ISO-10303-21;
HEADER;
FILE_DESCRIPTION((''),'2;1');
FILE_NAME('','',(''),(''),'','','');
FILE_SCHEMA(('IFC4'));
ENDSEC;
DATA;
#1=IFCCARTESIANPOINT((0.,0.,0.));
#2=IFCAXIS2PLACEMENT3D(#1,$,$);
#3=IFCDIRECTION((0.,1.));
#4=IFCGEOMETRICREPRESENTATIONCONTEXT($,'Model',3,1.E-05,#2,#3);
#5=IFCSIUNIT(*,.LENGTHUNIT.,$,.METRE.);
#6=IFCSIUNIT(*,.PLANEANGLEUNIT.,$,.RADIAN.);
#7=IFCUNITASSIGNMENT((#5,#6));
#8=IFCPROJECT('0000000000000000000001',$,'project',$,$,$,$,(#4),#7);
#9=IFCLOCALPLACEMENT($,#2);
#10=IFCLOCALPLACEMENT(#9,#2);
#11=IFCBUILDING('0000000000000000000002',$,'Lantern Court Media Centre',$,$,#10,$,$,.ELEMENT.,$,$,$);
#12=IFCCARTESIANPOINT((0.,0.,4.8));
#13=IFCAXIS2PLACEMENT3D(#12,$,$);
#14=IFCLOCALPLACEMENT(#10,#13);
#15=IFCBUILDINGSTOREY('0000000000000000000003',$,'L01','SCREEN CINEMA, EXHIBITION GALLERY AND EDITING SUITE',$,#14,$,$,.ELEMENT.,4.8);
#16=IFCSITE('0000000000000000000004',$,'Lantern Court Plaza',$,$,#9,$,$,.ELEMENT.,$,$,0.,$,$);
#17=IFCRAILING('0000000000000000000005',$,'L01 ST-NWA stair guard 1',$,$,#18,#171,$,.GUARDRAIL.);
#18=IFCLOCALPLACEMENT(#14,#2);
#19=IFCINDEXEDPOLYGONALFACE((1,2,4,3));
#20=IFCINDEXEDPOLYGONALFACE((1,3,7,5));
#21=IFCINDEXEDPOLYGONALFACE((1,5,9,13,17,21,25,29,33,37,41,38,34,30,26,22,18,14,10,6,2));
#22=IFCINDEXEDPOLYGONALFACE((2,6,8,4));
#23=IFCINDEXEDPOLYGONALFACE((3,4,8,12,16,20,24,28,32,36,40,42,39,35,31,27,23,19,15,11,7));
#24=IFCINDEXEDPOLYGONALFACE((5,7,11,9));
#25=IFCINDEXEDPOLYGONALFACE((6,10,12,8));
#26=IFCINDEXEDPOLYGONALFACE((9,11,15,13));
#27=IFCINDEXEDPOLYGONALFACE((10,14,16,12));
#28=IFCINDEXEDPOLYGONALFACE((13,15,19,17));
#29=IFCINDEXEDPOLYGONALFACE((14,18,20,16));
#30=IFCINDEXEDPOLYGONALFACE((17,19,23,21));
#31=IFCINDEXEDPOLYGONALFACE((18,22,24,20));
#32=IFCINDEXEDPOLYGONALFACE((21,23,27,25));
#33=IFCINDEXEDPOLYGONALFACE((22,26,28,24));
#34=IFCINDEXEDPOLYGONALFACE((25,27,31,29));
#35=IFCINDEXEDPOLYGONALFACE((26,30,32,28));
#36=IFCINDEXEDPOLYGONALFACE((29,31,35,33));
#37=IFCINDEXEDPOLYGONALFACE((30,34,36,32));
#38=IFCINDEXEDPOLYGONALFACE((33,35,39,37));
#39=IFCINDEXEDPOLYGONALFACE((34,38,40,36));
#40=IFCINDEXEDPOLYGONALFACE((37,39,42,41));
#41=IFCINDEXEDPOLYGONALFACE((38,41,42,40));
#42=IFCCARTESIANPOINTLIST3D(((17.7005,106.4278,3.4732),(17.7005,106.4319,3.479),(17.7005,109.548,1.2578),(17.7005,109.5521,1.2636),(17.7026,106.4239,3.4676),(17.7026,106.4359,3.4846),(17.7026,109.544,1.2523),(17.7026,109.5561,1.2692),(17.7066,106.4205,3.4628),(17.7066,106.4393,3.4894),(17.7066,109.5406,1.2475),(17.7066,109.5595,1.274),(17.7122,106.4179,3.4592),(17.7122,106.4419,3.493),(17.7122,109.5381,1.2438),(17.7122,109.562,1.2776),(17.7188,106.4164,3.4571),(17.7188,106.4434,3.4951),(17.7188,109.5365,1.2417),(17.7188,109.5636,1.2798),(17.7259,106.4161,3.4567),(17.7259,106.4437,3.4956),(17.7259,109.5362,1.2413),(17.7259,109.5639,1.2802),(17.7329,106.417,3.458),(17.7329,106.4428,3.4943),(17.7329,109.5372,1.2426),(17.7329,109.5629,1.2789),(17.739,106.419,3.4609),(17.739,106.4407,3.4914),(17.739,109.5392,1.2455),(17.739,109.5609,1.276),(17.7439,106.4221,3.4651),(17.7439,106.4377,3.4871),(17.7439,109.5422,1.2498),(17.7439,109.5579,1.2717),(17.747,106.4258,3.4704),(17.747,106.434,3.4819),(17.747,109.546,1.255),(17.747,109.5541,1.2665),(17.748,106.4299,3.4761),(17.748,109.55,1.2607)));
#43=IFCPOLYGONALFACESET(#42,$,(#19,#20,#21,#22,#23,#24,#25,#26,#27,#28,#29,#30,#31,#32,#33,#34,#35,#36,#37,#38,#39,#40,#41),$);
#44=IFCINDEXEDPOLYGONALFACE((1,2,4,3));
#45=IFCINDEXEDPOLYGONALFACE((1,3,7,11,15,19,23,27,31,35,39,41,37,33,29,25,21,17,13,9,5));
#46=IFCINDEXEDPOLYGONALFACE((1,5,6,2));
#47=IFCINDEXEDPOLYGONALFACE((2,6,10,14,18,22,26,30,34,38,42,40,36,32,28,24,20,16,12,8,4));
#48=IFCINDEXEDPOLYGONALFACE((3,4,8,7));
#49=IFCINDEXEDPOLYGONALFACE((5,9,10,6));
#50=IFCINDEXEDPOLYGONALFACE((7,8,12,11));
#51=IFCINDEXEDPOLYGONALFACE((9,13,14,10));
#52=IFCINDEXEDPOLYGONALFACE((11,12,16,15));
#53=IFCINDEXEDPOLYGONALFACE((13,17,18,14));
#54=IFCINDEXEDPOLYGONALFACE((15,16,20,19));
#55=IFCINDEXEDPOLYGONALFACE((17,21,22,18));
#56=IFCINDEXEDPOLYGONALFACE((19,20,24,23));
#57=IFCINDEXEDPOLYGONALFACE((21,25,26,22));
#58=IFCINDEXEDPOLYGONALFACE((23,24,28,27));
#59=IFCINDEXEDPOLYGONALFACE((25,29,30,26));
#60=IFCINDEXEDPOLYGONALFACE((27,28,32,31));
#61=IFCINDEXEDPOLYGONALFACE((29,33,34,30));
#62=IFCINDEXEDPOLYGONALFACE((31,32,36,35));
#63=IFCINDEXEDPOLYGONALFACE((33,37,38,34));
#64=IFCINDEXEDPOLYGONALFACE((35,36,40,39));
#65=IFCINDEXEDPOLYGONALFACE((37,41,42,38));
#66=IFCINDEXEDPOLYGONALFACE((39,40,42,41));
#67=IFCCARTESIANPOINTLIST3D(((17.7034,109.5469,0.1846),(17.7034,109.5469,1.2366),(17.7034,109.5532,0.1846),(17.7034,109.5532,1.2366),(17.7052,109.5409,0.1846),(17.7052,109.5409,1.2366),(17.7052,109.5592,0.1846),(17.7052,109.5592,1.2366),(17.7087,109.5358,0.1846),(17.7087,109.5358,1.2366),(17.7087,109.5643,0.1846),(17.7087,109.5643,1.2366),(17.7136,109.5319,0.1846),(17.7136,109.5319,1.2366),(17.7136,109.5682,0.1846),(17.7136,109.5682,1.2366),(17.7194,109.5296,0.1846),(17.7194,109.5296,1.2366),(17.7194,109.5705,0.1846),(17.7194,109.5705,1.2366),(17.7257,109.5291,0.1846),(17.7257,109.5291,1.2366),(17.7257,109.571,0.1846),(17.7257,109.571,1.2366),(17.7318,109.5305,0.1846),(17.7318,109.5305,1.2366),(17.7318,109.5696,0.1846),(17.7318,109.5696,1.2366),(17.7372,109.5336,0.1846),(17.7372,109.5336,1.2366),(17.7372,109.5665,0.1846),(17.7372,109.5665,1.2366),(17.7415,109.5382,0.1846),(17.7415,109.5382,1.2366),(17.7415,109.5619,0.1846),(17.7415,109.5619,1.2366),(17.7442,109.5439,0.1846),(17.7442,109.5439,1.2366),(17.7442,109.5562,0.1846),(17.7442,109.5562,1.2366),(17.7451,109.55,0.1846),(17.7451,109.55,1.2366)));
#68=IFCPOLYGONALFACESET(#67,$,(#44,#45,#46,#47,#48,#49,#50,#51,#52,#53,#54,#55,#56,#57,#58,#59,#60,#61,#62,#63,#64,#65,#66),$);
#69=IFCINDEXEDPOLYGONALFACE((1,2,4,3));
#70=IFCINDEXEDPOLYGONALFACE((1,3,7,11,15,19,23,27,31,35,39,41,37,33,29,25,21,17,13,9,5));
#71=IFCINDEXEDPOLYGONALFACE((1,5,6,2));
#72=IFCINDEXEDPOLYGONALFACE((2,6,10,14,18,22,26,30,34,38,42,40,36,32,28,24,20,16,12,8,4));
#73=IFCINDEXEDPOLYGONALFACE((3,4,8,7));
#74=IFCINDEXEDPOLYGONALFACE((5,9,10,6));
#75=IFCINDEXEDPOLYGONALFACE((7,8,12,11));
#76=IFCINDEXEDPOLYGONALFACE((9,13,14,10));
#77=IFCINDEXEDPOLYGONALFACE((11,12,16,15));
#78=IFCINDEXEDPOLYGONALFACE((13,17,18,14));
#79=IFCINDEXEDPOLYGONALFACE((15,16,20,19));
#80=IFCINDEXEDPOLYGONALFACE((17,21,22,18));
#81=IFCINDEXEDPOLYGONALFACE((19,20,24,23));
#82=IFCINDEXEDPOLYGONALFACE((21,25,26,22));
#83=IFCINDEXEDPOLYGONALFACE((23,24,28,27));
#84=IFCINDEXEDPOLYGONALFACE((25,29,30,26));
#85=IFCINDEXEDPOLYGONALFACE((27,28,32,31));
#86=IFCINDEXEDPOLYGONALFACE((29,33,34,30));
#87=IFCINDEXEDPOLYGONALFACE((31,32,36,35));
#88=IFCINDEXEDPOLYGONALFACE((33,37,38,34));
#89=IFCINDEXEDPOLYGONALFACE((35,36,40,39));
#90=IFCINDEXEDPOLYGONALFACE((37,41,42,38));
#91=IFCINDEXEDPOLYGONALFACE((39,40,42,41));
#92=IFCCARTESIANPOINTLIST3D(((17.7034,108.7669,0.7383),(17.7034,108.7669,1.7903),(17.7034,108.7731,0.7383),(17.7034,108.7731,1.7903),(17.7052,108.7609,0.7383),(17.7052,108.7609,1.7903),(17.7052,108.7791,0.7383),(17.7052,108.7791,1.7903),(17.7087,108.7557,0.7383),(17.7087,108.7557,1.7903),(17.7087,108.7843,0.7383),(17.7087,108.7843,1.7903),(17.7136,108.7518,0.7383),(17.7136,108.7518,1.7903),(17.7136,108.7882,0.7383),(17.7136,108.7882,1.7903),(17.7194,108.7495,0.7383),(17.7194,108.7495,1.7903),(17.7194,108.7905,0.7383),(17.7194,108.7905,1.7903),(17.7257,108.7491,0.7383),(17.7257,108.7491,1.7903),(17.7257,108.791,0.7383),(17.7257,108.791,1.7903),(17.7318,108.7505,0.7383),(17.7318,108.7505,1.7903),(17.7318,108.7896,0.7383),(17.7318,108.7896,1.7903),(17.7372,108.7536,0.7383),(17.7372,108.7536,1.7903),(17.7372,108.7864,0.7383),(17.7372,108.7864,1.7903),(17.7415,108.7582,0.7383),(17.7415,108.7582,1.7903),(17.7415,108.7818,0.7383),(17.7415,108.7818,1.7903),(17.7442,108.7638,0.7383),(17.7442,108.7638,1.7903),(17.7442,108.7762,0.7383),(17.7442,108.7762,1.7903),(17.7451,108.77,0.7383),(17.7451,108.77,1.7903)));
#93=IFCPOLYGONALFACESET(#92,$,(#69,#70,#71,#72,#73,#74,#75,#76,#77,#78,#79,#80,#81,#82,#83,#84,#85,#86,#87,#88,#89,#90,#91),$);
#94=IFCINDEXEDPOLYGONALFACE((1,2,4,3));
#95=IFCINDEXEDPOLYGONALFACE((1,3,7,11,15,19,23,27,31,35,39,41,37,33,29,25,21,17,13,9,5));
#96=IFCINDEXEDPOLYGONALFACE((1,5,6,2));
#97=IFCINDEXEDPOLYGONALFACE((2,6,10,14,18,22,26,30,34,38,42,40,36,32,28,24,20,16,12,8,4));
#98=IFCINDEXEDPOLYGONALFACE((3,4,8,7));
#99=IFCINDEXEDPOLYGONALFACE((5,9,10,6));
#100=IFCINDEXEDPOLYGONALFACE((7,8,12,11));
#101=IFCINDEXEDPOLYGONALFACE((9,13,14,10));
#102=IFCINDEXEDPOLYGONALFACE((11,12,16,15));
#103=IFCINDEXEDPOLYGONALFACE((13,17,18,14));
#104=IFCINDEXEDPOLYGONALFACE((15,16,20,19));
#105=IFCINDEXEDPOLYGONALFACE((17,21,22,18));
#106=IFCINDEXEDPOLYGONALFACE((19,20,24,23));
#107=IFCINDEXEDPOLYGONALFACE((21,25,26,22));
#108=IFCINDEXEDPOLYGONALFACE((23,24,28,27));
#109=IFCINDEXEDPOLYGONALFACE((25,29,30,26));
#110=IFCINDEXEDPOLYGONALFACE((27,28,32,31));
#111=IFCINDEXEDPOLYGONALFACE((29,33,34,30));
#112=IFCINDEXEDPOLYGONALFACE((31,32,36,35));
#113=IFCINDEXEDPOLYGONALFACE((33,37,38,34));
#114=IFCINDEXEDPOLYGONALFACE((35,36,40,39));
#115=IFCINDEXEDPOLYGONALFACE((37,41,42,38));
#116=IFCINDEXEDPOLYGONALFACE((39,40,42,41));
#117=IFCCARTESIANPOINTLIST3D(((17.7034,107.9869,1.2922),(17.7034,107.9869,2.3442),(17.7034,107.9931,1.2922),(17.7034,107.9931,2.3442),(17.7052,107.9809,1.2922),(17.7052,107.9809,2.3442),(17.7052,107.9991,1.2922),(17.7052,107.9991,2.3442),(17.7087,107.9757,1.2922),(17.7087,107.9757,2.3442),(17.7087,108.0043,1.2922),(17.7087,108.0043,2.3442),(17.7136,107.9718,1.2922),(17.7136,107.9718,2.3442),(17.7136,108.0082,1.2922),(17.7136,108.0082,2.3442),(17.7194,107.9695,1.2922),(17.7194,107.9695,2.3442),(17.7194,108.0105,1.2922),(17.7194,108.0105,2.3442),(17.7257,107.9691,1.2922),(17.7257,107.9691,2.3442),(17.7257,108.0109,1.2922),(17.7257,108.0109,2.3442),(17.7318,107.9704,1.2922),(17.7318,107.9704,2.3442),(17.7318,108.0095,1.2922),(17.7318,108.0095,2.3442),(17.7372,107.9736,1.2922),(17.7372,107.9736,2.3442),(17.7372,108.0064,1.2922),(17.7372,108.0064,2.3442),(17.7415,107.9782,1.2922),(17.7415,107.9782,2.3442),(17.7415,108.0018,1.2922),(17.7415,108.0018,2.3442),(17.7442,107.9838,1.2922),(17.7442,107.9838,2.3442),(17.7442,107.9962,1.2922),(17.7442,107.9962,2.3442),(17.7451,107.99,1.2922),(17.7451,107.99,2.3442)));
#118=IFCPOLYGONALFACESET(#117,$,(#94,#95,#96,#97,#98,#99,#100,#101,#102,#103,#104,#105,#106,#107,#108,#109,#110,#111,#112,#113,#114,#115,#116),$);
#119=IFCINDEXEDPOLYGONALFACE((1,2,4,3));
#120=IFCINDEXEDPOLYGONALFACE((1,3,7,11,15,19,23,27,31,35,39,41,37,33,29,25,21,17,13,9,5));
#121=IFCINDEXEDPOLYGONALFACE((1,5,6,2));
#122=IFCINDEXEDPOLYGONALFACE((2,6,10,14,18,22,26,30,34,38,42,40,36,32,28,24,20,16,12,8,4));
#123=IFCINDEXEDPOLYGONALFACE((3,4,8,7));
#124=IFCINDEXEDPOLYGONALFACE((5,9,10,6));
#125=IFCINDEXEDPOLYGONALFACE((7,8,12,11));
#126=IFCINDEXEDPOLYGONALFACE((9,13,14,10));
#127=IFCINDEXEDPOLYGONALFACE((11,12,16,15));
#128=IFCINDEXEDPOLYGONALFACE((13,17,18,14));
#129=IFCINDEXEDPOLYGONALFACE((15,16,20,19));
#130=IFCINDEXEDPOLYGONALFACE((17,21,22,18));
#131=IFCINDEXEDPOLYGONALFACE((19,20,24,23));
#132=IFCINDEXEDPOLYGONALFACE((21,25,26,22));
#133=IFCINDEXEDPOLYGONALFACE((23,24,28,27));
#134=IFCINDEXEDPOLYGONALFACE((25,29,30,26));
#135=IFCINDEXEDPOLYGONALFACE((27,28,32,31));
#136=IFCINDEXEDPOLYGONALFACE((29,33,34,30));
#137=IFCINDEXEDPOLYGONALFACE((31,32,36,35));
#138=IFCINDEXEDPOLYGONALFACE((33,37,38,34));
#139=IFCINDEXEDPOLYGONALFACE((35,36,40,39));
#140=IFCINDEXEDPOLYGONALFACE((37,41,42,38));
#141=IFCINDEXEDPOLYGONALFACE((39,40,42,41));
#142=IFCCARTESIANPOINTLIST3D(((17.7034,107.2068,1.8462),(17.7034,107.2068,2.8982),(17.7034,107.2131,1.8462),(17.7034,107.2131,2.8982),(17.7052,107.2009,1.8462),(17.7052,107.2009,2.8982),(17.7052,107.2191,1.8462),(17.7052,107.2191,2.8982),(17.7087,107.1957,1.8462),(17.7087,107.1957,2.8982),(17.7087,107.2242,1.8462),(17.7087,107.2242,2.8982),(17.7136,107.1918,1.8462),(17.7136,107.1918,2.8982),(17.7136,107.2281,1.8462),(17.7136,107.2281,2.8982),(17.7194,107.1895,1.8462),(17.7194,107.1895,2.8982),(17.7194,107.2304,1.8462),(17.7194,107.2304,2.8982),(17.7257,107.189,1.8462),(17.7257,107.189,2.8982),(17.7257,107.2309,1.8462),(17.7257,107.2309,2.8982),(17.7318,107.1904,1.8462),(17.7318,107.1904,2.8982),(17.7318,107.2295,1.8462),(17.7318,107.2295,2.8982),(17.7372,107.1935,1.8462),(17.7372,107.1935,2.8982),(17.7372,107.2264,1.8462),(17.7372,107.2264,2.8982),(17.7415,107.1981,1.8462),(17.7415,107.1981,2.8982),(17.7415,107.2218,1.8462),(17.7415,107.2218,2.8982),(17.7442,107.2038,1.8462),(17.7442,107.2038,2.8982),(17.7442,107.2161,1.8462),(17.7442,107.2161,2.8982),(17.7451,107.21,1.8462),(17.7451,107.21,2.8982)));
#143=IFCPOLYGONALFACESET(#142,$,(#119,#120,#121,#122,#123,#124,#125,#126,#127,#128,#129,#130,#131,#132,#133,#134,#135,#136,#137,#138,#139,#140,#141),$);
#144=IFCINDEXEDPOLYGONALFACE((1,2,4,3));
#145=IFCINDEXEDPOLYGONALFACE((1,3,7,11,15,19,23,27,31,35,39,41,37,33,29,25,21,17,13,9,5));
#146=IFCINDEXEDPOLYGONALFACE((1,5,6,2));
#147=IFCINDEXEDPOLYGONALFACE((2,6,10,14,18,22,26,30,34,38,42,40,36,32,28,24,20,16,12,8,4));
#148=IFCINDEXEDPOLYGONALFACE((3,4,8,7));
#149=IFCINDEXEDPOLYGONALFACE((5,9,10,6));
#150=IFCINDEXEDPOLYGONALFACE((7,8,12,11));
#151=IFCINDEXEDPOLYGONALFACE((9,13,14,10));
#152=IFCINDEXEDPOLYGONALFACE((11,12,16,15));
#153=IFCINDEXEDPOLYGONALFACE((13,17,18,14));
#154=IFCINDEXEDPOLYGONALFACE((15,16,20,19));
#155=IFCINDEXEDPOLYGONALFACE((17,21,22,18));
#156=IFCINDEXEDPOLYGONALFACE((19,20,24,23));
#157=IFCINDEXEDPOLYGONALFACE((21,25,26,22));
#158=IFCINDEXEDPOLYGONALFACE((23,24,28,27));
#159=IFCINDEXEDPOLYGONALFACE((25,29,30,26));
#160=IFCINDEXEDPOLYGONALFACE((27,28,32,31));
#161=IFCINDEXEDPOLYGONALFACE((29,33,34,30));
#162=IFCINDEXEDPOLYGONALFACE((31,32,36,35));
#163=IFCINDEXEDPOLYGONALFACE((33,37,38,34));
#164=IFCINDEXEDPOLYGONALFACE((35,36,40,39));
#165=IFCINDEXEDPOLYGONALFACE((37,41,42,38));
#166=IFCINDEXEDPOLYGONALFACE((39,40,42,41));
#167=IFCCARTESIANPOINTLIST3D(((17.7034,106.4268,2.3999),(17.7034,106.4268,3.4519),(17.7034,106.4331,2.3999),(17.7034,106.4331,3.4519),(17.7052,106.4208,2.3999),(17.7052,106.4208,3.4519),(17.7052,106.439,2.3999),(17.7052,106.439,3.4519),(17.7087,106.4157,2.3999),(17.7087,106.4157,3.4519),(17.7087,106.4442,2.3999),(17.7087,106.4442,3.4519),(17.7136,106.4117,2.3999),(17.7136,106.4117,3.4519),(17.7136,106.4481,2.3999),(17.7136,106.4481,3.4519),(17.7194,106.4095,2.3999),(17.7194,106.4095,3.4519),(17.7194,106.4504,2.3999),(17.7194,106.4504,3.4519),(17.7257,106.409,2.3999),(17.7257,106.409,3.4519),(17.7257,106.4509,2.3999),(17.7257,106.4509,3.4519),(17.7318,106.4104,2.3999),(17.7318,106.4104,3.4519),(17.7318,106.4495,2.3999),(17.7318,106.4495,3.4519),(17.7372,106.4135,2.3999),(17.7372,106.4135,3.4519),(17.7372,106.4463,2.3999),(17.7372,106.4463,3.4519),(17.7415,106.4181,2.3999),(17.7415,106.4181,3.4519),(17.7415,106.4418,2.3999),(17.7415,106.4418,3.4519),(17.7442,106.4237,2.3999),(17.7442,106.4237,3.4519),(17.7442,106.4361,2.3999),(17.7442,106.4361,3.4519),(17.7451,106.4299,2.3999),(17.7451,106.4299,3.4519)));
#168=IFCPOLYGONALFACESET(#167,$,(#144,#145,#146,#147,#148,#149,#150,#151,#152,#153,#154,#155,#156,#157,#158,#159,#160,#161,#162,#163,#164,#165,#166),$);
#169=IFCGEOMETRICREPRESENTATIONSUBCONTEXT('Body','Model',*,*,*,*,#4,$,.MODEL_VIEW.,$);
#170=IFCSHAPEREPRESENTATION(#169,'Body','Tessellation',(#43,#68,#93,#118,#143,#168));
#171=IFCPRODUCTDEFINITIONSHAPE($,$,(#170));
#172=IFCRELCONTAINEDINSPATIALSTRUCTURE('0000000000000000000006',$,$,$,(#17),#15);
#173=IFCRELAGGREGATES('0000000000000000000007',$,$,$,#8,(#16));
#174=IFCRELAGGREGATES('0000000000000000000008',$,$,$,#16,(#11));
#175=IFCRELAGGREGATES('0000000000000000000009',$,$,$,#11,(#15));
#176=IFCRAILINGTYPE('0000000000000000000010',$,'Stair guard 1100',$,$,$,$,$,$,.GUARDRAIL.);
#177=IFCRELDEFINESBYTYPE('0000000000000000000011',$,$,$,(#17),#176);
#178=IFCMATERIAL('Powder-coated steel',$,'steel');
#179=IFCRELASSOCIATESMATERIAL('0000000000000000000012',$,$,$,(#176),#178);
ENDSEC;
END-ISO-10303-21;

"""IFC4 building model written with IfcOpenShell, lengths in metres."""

from ifc_helpers import new_model, si_unit, direction, frame, origin, origin_2d, place, context, subcontext, project, spatial, circle, extrude, material, type_object, element, save


model = new_model("IFC4")

# Units and contexts
model_context = context("Model", 3, precision=1e-05, world=origin(), true_north=direction((0.0, 1.0)))
body_context = subcontext(model_context, "Body", "Model", "MODEL_VIEW")
ifc_project = project(units=[si_unit("LENGTHUNIT", "METRE"), si_unit("PLANEANGLEUNIT", "RADIAN")], contexts=[model_context])

# Site, building, storey
site_placement = place(None, origin())
site = spatial("IfcSite", under=ifc_project, at=site_placement, Name="Lantern Court Plaza", CompositionType="ELEMENT", RefElevation=0.0)
building_placement = place(site_placement, origin())
building = spatial("IfcBuilding", under=site, at=building_placement, Name="Lantern Court Media Centre", CompositionType="ELEMENT")
storey_placement = place(building_placement, frame((0.0, 0.0, 4.8)))
storey = spatial("IfcBuildingStorey", under=building, at=storey_placement, Name="L01", Description="SCREEN CINEMA, EXHIBITION GALLERY AND EDITING SUITE", CompositionType="ELEMENT", Elevation=4.8)

# Shared definitions
ifc_material_1 = material(Name="Powder-coated steel", Category="steel")

# Railing
railing_type_1 = type_object("IfcRailingType", Name="Stair guard 1100", PredefinedType="GUARDRAIL", material=ifc_material_1)
railing_1_placement = place(storey_placement, frame((17.7241, 109.55, 0.1846)))
element("IfcRailing", 1, at=railing_1_placement, inside=storey, type_object=railing_type_1, Name="L01 ST-NWA stair guard 1", PredefinedType="GUARDRAIL", context=body_context, shape_type="SweptSolid", body=[
    extrude(circle(Radius=0.0239, at=origin_2d()), frame((0.0, 0.0, 1.0762), z_axis=(0.0, -0.815377, 0.57893), x_axis=(1.0, 0.0, 0.0)), (0.0, 0.0, 1.0), 3.8267),
    extrude(circle(Radius=0.021, at=origin_2d()), origin(), (0.0, 0.0, 1.0), 1.052),
    extrude(circle(Radius=0.021, at=origin_2d()), frame((0.0, -0.78, 0.5537)), (0.0, 0.0, 1.0), 1.052),
    extrude(circle(Radius=0.021, at=origin_2d()), frame((0.0, -1.5601, 1.1077)), (0.0, 0.0, 1.0), 1.052),
    extrude(circle(Radius=0.021, at=origin_2d()), frame((0.0, -2.3401, 1.6616)), (0.0, 0.0, 1.0), 1.052),
    extrude(circle(Radius=0.021, at=origin_2d()), frame((0.0, -3.1201, 2.2153)), (0.0, 0.0, 1.0), 1.052),
])

save(model, "model.ifc")
